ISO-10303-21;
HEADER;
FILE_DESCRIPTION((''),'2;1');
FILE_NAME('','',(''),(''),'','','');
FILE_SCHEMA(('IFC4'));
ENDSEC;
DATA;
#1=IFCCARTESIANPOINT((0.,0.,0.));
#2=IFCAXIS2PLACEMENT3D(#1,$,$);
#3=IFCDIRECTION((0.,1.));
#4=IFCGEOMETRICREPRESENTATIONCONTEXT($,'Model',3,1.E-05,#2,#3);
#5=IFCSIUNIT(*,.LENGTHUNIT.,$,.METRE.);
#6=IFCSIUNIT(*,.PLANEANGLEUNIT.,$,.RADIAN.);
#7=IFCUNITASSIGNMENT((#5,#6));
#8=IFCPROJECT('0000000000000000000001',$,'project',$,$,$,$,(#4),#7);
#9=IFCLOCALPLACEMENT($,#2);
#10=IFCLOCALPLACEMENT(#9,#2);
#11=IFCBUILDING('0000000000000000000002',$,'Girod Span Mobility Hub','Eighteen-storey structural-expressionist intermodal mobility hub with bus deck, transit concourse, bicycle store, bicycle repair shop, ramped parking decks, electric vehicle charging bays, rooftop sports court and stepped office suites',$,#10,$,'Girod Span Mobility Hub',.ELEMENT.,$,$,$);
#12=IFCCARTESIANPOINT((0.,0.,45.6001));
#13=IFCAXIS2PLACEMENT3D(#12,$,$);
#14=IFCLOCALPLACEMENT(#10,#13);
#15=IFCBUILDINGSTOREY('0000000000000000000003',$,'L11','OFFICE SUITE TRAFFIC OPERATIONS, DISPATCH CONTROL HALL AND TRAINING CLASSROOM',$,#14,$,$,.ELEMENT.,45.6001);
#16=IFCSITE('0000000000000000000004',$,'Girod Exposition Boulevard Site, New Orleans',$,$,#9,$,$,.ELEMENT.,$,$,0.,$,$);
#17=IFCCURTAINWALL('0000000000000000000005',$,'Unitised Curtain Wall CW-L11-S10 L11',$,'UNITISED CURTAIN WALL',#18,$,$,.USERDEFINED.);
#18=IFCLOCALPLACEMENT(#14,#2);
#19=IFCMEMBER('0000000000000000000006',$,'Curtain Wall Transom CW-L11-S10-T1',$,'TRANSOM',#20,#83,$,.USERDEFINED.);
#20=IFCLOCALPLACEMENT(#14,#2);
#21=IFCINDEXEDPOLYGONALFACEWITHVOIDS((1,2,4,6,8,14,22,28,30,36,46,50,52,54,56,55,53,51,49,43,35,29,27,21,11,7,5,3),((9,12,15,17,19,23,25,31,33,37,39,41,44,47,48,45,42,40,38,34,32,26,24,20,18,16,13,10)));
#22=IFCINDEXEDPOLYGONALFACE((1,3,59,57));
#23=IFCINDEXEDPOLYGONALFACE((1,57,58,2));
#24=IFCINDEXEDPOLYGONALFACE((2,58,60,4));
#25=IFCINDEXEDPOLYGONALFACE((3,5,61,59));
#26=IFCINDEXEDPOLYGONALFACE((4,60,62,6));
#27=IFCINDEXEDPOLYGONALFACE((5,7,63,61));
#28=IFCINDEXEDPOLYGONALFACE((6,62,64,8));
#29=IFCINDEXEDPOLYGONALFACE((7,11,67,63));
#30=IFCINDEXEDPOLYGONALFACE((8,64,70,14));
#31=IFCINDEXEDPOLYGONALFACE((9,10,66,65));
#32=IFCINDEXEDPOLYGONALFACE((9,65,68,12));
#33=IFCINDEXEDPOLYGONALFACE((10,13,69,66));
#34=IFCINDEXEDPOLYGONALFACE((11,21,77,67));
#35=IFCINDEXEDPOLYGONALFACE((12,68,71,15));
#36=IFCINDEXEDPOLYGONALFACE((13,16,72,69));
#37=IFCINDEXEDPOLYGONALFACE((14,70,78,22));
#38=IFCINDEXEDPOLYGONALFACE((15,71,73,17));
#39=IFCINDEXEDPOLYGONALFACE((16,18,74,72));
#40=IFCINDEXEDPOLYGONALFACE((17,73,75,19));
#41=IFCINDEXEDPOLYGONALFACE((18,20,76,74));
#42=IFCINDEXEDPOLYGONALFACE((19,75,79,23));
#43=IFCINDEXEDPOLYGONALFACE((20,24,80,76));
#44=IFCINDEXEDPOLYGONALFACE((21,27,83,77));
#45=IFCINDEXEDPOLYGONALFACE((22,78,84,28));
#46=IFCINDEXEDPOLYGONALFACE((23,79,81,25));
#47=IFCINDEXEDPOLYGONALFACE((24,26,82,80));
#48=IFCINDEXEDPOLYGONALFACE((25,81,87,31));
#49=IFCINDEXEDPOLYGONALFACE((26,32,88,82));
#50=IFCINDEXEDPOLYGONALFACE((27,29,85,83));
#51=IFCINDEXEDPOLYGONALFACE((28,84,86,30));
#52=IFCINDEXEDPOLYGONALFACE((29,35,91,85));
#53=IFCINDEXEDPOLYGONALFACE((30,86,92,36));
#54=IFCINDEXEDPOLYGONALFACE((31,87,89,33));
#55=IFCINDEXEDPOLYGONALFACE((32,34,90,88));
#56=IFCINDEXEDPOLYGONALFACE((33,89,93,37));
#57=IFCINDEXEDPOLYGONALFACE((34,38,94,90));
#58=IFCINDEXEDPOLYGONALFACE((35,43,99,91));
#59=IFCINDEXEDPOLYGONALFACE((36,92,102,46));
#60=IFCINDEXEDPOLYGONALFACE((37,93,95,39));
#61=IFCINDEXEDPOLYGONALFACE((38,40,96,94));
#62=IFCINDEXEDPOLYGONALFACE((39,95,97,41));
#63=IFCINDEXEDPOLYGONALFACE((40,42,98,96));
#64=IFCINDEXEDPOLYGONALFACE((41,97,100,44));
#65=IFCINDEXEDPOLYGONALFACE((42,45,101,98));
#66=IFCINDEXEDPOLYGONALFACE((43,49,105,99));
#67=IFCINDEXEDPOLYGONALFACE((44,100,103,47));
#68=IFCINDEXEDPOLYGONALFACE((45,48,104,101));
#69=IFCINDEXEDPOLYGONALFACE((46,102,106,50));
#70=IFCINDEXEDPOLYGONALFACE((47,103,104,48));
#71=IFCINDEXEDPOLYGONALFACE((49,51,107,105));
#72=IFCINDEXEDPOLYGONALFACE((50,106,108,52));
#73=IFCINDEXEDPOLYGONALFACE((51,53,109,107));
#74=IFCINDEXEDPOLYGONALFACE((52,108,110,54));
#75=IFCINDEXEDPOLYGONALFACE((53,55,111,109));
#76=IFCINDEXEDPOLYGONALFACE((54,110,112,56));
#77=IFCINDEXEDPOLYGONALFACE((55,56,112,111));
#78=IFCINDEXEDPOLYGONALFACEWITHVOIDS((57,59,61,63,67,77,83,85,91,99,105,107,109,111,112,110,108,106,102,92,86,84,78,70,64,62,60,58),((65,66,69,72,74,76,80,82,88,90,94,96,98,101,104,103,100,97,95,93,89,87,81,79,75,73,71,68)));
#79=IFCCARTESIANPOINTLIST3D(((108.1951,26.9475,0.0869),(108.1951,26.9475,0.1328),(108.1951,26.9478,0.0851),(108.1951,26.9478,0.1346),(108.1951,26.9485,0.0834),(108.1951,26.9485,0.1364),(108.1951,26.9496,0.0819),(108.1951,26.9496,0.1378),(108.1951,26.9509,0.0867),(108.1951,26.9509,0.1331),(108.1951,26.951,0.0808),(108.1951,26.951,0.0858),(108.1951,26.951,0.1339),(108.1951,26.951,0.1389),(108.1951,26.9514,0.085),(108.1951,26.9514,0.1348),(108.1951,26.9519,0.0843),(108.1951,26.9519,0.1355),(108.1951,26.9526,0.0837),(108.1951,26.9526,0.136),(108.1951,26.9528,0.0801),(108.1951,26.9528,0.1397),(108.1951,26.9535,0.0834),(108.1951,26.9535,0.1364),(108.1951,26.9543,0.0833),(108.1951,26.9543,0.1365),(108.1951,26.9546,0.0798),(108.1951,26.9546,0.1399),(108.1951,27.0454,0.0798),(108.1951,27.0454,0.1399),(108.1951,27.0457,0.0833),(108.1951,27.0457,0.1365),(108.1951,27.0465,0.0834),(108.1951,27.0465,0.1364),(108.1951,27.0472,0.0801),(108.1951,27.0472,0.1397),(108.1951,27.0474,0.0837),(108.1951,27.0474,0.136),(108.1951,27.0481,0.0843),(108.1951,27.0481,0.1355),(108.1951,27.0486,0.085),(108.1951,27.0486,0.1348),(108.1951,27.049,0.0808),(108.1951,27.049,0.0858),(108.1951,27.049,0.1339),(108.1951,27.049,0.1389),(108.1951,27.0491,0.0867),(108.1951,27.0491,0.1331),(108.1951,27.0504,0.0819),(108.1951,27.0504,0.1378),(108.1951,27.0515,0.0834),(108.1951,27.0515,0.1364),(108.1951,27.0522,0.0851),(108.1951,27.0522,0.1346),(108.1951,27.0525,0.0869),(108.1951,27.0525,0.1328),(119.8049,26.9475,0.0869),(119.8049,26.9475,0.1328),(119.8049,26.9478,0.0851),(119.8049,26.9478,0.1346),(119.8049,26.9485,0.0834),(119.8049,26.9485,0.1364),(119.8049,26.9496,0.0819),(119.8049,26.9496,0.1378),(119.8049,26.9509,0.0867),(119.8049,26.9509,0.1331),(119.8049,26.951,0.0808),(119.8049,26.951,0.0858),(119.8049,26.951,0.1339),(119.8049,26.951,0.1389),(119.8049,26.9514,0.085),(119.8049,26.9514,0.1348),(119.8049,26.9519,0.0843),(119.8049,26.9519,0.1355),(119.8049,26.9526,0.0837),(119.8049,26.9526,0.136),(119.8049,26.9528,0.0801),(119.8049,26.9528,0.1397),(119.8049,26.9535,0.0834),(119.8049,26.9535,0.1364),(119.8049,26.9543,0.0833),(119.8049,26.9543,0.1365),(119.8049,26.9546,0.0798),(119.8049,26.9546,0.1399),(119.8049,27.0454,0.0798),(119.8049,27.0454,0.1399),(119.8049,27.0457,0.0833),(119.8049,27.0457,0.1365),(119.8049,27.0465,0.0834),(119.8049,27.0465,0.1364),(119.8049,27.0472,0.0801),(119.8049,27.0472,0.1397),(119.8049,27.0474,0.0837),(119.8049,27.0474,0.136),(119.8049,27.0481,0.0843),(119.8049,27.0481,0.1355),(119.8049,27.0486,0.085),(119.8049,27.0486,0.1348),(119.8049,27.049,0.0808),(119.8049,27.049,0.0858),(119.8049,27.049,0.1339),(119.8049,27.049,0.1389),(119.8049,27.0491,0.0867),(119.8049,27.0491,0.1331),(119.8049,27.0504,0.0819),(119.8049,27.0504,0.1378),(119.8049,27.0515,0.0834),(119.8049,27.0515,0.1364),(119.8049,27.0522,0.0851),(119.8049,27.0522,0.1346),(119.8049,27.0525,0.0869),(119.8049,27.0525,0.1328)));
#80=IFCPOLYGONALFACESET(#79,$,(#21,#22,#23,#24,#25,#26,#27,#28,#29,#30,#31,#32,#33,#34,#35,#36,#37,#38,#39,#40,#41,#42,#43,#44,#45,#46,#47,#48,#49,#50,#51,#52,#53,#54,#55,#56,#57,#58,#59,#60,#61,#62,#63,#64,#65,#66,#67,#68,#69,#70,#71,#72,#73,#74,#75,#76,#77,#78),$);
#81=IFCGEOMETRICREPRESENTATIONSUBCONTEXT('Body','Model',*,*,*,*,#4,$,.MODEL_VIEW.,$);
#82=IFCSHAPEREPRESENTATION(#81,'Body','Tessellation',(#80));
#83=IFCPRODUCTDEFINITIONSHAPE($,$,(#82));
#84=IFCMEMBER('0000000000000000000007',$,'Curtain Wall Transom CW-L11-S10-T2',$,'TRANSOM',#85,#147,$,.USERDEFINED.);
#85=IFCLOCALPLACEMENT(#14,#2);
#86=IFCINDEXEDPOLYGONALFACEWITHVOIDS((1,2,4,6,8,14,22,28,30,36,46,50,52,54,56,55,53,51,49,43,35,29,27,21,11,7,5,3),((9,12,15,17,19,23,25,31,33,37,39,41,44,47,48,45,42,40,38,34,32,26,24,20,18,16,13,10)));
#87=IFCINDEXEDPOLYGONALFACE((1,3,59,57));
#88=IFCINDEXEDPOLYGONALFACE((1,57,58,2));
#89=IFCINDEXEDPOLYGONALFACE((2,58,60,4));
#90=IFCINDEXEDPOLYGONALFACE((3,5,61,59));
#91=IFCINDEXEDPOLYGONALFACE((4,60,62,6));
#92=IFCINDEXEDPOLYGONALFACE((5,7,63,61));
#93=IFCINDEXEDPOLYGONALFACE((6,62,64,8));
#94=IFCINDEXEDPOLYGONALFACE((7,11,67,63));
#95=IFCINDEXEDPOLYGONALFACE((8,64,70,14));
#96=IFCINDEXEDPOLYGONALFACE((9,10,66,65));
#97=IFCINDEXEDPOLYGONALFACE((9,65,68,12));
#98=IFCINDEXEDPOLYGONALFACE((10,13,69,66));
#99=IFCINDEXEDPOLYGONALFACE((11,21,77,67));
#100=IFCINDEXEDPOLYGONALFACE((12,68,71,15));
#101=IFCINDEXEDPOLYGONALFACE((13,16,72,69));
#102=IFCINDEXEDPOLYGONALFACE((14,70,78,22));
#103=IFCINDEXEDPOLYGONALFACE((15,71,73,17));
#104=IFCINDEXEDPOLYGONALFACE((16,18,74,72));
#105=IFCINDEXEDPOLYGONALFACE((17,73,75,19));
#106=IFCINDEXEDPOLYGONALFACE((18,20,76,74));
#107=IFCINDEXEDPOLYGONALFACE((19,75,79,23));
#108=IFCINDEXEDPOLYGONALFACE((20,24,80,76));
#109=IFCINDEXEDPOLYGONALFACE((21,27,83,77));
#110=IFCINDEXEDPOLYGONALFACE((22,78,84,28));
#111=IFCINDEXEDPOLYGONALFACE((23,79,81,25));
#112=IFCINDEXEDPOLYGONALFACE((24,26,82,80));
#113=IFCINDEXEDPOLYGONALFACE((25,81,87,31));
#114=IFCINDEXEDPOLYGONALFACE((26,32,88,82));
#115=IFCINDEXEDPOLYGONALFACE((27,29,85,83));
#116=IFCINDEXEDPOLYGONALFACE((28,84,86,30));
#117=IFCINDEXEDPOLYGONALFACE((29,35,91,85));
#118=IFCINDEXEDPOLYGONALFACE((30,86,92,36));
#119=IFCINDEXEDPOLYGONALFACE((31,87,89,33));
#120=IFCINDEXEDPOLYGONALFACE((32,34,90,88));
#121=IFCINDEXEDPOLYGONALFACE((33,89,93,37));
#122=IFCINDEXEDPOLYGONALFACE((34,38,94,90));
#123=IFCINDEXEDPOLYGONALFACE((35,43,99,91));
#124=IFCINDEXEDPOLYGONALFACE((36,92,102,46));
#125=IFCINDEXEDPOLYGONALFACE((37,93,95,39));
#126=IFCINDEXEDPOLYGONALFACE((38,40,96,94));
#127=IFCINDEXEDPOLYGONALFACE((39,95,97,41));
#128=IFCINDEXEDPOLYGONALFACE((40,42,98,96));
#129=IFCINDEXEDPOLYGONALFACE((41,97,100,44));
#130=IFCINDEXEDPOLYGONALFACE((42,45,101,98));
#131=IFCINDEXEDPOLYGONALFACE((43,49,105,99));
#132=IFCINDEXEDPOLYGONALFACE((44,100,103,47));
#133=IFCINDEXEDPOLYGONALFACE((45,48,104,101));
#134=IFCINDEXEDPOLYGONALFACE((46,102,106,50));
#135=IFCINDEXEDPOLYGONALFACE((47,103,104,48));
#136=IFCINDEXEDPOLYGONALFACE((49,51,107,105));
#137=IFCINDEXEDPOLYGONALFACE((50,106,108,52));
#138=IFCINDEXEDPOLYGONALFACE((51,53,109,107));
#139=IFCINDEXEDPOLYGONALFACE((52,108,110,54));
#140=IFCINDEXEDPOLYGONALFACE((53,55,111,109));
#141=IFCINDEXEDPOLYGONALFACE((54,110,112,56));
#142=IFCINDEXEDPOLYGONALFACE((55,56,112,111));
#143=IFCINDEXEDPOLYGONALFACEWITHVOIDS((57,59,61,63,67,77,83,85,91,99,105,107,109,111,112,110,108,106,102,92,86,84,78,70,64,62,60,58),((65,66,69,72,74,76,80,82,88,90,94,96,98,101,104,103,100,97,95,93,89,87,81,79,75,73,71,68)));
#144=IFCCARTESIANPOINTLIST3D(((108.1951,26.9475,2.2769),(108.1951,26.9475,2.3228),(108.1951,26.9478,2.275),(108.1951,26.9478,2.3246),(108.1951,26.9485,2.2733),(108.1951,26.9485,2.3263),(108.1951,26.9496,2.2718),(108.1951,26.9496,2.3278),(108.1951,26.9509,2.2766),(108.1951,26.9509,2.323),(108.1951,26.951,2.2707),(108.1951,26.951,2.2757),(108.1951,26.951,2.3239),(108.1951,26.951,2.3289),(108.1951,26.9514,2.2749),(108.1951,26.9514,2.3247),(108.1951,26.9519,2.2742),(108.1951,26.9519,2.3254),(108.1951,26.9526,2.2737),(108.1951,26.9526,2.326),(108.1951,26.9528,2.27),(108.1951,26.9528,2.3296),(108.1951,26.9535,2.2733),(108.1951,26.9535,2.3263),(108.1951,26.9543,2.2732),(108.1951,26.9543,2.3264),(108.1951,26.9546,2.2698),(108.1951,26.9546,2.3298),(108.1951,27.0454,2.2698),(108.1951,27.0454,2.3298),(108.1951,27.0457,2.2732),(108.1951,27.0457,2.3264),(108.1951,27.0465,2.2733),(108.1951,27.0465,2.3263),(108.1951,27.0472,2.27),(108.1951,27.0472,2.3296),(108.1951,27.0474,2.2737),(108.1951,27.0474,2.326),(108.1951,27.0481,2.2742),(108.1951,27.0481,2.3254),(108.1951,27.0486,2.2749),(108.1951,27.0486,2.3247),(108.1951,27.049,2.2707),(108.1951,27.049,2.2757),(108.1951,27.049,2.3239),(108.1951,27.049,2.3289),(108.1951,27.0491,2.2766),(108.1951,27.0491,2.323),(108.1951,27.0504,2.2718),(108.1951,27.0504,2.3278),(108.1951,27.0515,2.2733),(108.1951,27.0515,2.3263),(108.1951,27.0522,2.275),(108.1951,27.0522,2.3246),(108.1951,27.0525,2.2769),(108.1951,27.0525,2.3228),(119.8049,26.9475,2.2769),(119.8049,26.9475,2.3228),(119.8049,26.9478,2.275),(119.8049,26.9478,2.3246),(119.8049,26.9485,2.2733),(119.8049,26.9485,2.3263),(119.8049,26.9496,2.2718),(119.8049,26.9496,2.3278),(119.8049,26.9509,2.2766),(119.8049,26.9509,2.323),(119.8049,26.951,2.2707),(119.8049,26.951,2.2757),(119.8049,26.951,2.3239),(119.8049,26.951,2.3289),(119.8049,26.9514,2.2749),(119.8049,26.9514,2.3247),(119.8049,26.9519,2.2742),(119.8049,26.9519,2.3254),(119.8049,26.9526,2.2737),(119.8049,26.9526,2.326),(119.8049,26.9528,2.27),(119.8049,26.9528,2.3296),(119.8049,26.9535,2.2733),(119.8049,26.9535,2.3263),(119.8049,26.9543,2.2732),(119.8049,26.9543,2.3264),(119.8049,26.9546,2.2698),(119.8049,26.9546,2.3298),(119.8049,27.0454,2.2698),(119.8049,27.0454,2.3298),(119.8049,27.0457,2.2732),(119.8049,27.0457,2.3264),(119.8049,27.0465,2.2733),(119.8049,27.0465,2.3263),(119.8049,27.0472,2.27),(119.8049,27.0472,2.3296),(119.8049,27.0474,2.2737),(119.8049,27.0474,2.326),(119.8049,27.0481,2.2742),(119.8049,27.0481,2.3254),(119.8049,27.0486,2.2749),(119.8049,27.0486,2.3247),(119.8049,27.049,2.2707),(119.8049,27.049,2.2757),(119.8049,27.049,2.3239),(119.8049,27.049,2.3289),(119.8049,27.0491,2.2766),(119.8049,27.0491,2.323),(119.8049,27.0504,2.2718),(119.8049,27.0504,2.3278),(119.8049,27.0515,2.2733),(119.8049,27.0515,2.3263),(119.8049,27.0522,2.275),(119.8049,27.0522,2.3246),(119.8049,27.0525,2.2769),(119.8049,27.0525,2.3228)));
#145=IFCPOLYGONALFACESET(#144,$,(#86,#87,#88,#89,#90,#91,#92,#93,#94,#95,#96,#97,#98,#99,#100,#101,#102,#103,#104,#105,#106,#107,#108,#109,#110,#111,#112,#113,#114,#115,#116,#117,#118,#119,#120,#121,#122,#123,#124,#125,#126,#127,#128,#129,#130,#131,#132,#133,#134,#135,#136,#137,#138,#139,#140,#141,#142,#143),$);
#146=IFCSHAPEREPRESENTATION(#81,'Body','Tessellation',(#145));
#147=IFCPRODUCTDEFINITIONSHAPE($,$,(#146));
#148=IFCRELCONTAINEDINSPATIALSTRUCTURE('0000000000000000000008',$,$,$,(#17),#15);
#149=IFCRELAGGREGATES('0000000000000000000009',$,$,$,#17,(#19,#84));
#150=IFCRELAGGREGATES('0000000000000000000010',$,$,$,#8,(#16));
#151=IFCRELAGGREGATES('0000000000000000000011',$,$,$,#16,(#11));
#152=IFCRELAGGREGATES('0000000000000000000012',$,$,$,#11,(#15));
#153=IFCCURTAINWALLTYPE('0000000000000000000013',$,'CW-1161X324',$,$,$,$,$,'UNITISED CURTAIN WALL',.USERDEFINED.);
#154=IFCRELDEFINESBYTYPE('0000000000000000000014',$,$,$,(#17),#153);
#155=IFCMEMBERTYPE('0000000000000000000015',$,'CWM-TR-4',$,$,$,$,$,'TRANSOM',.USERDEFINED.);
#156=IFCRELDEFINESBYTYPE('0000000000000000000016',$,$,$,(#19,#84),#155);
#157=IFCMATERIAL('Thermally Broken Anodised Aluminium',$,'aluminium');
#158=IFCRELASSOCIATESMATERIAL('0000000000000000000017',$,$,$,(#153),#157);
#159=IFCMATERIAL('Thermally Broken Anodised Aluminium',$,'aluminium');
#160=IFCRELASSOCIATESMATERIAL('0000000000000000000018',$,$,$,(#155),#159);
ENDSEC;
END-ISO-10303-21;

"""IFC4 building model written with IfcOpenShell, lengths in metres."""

from ifc_helpers import new_model, si_unit, direction, frame, origin, origin_2d, place, context, subcontext, project, spatial, hollow_rectangle, extrude, material, material_profile, profile_set, type_object, element, aggregate, save


model = new_model("IFC4")

# Units and contexts
model_context = context("Model", 3, precision=1e-05, world=origin(), true_north=direction((0.0, 1.0)))
body_context = subcontext(model_context, "Body", "Model", "MODEL_VIEW")
ifc_project = project(units=[si_unit("LENGTHUNIT", "METRE"), si_unit("PLANEANGLEUNIT", "RADIAN")], contexts=[model_context])

# Site, building, storey
site_placement = place(None, origin())
site = spatial("IfcSite", under=ifc_project, at=site_placement, Name="Girod Exposition Boulevard Site, New Orleans", CompositionType="ELEMENT", RefElevation=0.0)
building_placement = place(site_placement, origin())
building = spatial("IfcBuilding", under=site, at=building_placement, Name="Girod Span Mobility Hub", Description="Eighteen-storey structural-expressionist intermodal mobility hub with bus deck, transit concourse, bicycle store, bicycle repair shop, ramped parking decks, electric vehicle charging bays, rooftop sports court and stepped office suites", LongName="Girod Span Mobility Hub", CompositionType="ELEMENT")
storey_placement = place(building_placement, frame((0.0, 0.0, 45.6001)))
storey = spatial("IfcBuildingStorey", under=building, at=storey_placement, Name="L11", Description="OFFICE SUITE TRAFFIC OPERATIONS, DISPATCH CONTROL HALL AND TRAINING CLASSROOM", CompositionType="ELEMENT", Elevation=45.6001)

# Curtain wall, members
ifc_material_1 = material(Name="Thermally Broken Anodised Aluminium", Category="aluminium")
curtain_wall_type = type_object("IfcCurtainWallType", Name="CW-1161X324", ElementType="UNITISED CURTAIN WALL", PredefinedType="USERDEFINED", material=ifc_material_1)
ifc_material_2 = material(Name="Thermally Broken Anodised Aluminium", Category="aluminium")
ifc_material_profile_1 = material_profile(ifc_material_2, hollow_rectangle(XDim=0.105, YDim=0.0601, WallThickness=0.0034, InnerFilletRadius=0.0034, OuterFilletRadius=0.0071, at=origin_2d()), Name="CW-TR-60X105")
ifc_profile_set_1 = profile_set([ifc_material_profile_1], Name="Thermally Broken Anodised Aluminium")
member_type_1 = type_object("IfcMemberType", Name="CWM-TR-4", ElementType="TRANSOM", PredefinedType="USERDEFINED", material=ifc_profile_set_1)
curtain_wall_1_placement = place(storey_placement, origin())
curtain_wall_1 = element("IfcCurtainWall", 1, at=curtain_wall_1_placement, inside=storey, type_object=curtain_wall_type, Name="Unitised Curtain Wall CW-L11-S10 L11", ObjectType="UNITISED CURTAIN WALL", PredefinedType="USERDEFINED")
member_1_placement = place(storey_placement, frame((108.1951, 27.0, 0.1099), z_axis=(1.0, 0.0, 0.0), x_axis=(0.0, 1.0, 0.0)))
member_1 = element("IfcMember", 2, at=member_1_placement, type_object=member_type_1, Name="Curtain Wall Transom CW-L11-S10-T1", ObjectType="TRANSOM", PredefinedType="USERDEFINED", context=body_context, shape_type="SweptSolid", body=[
    extrude(hollow_rectangle(XDim=0.105, YDim=0.0601, WallThickness=0.0034, InnerFilletRadius=0.0034, OuterFilletRadius=0.0071, at=origin_2d()), origin(), (0.0, 0.0, 1.0), 11.6099),
])
member_2_placement = place(storey_placement, frame((108.1951, 27.0, 2.2998), z_axis=(1.0, 0.0, 0.0), x_axis=(0.0, 1.0, 0.0)))
member_2 = element("IfcMember", 3, at=member_2_placement, type_object=member_type_1, Name="Curtain Wall Transom CW-L11-S10-T2", ObjectType="TRANSOM", PredefinedType="USERDEFINED", context=body_context, shape_type="SweptSolid", body=[
    extrude(hollow_rectangle(XDim=0.105, YDim=0.0601, WallThickness=0.0034, InnerFilletRadius=0.0034, OuterFilletRadius=0.0071, at=origin_2d()), origin(), (0.0, 0.0, 1.0), 11.6099),
])
aggregate(curtain_wall_1, [member_1, member_2])

save(model, "model.ifc")
